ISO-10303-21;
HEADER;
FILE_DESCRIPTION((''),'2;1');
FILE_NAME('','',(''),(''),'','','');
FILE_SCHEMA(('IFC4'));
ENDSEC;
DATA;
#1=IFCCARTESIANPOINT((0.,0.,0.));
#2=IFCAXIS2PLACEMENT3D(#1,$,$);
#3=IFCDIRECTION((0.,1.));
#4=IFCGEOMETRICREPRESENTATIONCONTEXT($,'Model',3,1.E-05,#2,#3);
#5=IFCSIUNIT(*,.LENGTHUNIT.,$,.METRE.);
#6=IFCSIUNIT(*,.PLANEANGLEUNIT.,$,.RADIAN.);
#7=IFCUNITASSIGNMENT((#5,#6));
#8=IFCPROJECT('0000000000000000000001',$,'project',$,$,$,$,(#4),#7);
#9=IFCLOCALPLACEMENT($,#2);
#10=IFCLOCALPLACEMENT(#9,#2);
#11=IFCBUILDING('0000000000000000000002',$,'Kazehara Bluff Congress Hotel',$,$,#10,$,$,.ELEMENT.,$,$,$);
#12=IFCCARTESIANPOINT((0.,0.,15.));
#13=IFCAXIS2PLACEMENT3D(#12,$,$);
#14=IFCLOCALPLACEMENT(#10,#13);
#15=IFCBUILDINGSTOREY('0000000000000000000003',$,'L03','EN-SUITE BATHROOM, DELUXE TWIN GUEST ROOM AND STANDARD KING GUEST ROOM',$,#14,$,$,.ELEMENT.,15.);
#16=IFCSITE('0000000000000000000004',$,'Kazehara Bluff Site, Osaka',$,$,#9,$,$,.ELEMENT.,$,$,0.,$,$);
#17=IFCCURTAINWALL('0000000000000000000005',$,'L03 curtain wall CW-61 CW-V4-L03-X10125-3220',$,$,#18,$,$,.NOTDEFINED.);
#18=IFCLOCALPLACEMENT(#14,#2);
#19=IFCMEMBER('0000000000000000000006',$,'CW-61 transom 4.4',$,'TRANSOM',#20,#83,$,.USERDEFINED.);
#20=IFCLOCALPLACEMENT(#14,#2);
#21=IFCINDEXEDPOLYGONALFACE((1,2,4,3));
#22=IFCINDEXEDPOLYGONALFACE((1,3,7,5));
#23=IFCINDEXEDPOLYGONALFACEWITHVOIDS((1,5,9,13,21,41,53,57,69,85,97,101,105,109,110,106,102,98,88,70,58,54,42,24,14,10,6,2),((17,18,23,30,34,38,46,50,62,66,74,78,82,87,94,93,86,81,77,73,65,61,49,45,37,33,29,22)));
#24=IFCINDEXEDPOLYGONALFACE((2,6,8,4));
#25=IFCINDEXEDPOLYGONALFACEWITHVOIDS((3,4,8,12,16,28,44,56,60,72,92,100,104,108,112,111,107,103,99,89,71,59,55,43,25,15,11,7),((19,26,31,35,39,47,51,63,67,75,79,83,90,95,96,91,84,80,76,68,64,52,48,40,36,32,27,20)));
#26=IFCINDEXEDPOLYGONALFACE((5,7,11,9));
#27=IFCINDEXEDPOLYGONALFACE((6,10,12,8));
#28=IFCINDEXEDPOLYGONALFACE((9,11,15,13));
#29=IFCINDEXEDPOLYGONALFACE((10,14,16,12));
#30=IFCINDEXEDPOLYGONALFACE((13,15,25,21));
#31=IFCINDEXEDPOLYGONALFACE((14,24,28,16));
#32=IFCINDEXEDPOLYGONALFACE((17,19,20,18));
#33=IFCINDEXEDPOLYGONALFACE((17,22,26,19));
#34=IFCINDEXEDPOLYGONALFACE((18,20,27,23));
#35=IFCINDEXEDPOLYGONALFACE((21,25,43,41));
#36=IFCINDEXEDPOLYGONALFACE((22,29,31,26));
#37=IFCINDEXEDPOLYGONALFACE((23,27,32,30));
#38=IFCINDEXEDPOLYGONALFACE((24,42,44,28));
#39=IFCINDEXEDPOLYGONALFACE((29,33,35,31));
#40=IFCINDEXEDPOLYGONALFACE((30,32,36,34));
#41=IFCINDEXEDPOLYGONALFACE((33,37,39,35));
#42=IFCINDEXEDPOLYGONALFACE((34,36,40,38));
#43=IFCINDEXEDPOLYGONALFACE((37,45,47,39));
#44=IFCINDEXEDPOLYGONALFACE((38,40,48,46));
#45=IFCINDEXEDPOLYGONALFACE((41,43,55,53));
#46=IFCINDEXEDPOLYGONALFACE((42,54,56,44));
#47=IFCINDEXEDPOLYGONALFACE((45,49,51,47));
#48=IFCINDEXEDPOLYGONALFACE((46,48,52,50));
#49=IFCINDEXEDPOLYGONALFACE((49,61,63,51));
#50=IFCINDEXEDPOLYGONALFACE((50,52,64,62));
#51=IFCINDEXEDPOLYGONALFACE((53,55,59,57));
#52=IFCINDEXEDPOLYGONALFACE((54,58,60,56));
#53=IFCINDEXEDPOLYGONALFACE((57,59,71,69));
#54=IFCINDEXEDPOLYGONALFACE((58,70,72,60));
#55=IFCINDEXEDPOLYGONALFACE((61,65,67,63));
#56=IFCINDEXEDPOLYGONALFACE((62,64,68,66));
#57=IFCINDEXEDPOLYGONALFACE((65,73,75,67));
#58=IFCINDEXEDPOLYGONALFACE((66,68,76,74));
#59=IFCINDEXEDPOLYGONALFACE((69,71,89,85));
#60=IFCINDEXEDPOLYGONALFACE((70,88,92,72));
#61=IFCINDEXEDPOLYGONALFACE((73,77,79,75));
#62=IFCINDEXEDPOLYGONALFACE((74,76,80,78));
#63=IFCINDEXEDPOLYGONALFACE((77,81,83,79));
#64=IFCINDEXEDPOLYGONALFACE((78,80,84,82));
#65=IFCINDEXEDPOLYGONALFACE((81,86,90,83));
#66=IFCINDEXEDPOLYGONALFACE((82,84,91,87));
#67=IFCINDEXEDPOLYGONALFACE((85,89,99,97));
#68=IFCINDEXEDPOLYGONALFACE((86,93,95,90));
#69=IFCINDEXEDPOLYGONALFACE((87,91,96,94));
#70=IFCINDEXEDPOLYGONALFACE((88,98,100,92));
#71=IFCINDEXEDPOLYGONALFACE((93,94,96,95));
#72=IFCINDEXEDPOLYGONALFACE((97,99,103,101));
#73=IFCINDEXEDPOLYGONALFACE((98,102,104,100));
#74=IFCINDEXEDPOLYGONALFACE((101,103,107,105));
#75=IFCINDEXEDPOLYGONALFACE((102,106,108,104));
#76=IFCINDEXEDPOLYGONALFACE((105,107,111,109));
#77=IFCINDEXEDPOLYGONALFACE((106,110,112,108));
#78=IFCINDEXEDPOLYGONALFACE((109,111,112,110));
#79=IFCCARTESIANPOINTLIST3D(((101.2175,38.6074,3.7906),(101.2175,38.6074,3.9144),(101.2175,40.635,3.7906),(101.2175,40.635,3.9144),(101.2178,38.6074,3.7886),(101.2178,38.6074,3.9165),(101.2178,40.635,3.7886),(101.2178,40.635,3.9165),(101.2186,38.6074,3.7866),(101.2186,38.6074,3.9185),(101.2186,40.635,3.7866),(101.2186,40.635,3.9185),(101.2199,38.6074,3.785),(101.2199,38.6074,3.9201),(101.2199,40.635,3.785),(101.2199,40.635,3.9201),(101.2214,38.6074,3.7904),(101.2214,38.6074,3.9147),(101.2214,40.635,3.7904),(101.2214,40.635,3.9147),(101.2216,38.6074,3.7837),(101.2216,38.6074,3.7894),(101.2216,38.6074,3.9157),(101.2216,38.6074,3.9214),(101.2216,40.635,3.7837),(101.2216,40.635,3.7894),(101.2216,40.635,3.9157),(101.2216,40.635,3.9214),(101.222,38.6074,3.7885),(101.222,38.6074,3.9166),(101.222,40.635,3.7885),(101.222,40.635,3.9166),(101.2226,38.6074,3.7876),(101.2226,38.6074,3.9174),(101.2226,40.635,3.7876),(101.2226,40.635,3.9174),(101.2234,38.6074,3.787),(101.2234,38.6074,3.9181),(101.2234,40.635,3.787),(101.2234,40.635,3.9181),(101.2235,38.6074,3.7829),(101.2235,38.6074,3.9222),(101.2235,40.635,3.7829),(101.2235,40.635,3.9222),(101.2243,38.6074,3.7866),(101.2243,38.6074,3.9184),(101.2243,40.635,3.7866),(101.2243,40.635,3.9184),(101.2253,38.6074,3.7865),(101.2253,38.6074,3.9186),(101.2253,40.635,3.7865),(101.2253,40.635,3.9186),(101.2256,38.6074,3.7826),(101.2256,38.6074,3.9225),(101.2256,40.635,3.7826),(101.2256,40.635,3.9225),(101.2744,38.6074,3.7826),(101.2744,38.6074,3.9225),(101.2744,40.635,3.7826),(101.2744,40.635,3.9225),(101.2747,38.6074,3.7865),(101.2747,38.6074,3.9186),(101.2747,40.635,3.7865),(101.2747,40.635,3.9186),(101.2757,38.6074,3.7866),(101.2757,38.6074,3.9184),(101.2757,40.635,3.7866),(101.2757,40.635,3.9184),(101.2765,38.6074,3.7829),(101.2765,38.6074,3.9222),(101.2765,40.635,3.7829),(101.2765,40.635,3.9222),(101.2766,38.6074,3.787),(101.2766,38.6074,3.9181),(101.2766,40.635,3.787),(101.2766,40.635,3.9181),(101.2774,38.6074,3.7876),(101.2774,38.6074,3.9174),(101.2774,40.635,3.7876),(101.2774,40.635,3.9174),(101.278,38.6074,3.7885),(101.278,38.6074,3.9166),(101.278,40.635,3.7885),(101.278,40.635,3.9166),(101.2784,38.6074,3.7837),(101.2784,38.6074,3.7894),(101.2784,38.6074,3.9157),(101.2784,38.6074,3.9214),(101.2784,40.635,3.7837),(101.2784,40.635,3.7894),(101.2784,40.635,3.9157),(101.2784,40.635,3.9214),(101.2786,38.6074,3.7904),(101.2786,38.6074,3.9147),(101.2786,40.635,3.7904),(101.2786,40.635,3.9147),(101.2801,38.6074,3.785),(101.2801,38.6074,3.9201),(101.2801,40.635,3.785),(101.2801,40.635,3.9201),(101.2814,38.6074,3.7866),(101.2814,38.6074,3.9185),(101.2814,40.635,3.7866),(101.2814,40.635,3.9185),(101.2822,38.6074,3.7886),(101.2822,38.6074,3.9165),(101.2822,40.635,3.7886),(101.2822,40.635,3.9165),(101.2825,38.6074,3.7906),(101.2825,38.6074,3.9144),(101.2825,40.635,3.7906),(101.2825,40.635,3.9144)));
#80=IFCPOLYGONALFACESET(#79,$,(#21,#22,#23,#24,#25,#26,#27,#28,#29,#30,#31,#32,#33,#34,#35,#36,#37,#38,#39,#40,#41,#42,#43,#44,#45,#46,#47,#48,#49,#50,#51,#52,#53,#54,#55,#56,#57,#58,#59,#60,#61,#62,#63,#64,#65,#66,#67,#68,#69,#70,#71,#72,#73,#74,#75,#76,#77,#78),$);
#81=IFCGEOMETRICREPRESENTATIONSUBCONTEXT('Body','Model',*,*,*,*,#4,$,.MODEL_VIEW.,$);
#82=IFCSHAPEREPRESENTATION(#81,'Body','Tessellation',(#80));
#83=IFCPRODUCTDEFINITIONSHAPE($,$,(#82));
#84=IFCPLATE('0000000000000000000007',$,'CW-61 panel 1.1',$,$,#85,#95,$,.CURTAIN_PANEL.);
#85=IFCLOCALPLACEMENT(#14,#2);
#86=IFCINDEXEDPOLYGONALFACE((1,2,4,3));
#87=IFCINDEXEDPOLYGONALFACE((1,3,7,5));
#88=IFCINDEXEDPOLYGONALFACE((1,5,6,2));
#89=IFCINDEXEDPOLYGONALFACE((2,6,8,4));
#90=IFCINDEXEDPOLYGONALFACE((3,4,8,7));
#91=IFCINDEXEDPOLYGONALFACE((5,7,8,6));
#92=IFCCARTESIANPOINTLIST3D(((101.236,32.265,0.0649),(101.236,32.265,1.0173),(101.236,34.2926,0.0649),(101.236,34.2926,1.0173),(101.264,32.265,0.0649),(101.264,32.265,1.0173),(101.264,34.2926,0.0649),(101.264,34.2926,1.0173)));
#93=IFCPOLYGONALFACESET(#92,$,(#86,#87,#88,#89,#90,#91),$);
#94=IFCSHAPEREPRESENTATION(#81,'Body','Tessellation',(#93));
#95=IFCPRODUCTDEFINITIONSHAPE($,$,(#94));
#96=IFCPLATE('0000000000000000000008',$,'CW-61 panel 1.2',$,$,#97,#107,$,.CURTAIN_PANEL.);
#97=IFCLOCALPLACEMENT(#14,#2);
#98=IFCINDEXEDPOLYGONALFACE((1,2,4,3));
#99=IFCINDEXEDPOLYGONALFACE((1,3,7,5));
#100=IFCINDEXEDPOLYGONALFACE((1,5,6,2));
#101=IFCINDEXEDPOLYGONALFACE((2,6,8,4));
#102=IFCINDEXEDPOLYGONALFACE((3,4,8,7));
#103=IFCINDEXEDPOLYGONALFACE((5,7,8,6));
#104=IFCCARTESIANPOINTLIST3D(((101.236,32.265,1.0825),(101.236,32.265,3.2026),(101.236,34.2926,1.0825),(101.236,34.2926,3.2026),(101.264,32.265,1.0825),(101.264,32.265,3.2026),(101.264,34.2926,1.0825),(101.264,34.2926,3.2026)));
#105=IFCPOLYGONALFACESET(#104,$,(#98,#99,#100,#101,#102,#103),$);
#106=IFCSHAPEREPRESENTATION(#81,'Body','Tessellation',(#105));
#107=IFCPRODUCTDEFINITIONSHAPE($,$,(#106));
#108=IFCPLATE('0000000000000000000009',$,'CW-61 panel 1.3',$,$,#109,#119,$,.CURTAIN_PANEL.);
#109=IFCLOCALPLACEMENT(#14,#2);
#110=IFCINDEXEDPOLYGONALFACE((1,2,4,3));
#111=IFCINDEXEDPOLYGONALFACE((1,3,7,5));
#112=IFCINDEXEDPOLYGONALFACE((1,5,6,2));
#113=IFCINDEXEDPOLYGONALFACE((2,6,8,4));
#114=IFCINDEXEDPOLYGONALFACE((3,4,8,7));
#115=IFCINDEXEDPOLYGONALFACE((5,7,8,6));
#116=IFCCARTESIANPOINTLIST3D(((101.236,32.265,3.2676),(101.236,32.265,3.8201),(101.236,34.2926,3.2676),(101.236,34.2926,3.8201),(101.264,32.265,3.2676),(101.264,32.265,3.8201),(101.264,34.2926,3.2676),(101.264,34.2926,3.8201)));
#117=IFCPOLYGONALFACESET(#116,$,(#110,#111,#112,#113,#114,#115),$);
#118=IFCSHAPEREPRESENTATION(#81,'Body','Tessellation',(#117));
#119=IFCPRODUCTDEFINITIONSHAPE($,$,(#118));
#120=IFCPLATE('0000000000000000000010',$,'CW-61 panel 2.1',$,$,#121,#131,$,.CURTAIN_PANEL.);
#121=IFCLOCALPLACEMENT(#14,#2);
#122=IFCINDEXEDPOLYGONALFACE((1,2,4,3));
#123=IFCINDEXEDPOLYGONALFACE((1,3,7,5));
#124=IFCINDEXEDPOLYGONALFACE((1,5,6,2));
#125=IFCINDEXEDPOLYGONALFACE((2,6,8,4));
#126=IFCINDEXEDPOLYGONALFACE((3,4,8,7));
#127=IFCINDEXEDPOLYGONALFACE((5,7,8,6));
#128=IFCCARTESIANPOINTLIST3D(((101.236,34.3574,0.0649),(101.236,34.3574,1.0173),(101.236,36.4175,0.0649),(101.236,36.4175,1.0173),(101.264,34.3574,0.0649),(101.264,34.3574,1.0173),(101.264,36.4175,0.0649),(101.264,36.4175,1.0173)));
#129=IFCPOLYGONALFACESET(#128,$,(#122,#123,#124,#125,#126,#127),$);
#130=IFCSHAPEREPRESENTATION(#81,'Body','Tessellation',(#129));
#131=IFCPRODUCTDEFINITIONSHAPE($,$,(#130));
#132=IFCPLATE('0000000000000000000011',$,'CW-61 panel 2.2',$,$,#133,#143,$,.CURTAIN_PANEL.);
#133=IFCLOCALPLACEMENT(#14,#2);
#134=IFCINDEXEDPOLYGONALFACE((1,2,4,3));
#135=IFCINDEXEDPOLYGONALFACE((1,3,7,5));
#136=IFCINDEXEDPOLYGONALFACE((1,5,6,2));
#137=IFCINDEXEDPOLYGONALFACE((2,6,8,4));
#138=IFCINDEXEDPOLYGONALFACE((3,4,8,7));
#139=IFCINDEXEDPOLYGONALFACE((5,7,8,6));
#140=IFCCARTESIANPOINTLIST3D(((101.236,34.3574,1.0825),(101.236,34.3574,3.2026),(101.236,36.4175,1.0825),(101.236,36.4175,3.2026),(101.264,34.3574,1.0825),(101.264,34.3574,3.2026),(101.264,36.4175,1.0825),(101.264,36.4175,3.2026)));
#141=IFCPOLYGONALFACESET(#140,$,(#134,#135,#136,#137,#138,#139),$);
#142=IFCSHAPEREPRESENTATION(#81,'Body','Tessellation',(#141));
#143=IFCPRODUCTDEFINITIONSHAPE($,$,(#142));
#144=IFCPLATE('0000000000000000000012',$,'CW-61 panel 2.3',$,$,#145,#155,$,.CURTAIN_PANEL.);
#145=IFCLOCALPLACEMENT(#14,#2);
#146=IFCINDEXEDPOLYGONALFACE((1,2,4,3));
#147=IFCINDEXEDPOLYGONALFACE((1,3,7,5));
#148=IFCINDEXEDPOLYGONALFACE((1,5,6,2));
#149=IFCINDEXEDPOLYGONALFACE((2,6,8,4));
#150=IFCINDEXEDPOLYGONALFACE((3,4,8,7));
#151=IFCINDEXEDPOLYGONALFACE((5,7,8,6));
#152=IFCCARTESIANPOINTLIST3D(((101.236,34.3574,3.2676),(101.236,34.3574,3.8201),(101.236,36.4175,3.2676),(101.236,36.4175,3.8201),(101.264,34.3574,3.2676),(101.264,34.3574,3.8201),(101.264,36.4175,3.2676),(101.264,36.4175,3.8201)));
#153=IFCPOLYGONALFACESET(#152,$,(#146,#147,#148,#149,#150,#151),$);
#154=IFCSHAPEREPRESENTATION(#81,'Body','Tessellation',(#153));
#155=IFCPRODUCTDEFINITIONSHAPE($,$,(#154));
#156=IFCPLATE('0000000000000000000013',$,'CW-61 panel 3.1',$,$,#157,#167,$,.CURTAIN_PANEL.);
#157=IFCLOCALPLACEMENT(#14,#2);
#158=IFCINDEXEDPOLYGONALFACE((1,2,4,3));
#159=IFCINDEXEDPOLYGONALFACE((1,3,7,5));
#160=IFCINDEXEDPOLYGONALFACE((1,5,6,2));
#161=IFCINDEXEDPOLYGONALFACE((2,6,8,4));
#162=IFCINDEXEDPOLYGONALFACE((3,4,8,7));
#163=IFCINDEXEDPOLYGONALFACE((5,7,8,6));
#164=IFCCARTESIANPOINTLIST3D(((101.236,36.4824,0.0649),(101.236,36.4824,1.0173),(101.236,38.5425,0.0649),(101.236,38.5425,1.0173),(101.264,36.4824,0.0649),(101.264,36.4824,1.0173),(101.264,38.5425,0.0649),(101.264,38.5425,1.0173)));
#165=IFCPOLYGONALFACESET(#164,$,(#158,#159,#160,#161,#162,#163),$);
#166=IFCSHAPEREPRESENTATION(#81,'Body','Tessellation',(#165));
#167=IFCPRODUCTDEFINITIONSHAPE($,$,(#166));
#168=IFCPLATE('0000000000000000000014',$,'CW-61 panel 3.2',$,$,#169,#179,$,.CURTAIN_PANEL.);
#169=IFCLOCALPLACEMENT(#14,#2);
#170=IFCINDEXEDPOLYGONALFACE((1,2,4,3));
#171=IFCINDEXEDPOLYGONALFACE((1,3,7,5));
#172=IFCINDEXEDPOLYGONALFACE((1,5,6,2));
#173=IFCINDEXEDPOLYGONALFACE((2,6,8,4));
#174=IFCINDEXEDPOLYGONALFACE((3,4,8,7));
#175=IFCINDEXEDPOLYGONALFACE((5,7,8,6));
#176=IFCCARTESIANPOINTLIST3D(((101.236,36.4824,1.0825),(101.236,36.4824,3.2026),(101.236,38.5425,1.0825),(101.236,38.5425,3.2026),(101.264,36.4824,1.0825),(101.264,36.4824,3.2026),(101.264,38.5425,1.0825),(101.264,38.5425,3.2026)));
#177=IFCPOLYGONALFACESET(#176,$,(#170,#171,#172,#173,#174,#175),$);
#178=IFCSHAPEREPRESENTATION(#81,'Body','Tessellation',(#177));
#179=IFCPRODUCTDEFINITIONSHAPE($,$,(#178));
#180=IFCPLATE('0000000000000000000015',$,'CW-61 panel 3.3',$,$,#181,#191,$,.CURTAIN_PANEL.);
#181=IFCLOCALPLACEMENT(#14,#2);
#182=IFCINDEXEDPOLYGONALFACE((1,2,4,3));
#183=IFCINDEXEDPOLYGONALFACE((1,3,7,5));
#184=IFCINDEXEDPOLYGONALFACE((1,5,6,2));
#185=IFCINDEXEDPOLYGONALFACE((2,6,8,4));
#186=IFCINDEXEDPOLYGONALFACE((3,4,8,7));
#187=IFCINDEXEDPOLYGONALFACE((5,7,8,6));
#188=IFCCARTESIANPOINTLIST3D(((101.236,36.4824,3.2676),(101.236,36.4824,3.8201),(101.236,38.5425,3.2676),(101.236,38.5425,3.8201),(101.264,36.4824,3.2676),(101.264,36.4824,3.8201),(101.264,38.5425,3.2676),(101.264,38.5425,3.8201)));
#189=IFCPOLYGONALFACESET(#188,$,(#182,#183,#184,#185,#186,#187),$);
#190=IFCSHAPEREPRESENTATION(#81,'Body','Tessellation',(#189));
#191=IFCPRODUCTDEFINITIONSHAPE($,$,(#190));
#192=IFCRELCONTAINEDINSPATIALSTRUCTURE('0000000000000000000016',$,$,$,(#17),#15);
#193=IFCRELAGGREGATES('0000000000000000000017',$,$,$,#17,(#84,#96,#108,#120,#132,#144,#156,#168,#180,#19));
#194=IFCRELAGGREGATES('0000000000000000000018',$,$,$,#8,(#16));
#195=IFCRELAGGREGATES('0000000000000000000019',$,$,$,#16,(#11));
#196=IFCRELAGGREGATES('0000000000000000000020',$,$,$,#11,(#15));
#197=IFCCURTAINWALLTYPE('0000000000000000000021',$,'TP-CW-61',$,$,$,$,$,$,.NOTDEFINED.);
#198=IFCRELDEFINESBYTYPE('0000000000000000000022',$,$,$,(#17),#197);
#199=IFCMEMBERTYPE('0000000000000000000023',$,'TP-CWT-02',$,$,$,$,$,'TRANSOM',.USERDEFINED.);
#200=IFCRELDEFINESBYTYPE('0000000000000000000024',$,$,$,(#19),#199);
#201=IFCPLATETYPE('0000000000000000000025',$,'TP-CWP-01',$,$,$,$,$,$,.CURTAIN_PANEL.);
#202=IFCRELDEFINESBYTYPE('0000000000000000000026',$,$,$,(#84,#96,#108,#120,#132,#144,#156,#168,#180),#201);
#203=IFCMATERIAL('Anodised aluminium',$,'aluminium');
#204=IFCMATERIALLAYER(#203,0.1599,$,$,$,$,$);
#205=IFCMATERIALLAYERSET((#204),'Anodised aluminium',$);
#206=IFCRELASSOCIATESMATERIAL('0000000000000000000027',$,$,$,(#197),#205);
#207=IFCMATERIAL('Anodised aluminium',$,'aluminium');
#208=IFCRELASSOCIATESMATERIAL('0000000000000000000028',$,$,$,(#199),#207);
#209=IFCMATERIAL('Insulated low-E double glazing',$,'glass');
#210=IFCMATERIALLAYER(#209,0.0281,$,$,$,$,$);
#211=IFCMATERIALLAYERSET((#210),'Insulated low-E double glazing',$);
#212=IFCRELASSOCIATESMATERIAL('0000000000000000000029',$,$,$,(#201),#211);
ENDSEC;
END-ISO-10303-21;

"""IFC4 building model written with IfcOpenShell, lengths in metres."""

from ifc_helpers import new_model, si_unit, direction, frame, origin, origin_2d, place, context, subcontext, project, spatial, rectangle, hollow_rectangle, extrude, material, layer, layer_set, material_profile, profile_set, type_object, element, aggregate, save


model = new_model("IFC4")

# Units and contexts
model_context = context("Model", 3, precision=1e-05, world=origin(), true_north=direction((0.0, 1.0)))
body_context = subcontext(model_context, "Body", "Model", "MODEL_VIEW")
ifc_project = project(units=[si_unit("LENGTHUNIT", "METRE"), si_unit("PLANEANGLEUNIT", "RADIAN")], contexts=[model_context])

# Site, building, storey
site_placement = place(None, origin())
site = spatial("IfcSite", under=ifc_project, at=site_placement, Name="Kazehara Bluff Site, Osaka", CompositionType="ELEMENT", RefElevation=0.0)
building_placement = place(site_placement, origin())
building = spatial("IfcBuilding", under=site, at=building_placement, Name="Kazehara Bluff Congress Hotel", CompositionType="ELEMENT")
storey_placement = place(building_placement, frame((0.0, 0.0, 15.0)))
storey = spatial("IfcBuildingStorey", under=building, at=storey_placement, Name="L03", Description="EN-SUITE BATHROOM, DELUXE TWIN GUEST ROOM AND STANDARD KING GUEST ROOM", CompositionType="ELEMENT", Elevation=15.0)

# Curtain wall, member, plates
ifc_material_1 = material(Name="Anodised aluminium", Category="aluminium")
ifc_layer_1 = layer(ifc_material_1, 0.1599)
ifc_layer_set_1 = layer_set([ifc_layer_1], Name="Anodised aluminium")
curtain_wall_type = type_object("IfcCurtainWallType", Name="TP-CW-61", PredefinedType="NOTDEFINED", material=ifc_layer_set_1)
curtain_wall_placement = place(storey_placement, origin())
curtain_wall = element("IfcCurtainWall", 1, at=curtain_wall_placement, inside=storey, type_object=curtain_wall_type, Name="L03 curtain wall CW-61 CW-V4-L03-X10125-3220", PredefinedType="NOTDEFINED")
ifc_material_2 = material(Name="Anodised aluminium", Category="aluminium")
ifc_material_profile_1 = material_profile(ifc_material_2, hollow_rectangle(XDim=0.0649, YDim=0.1399, WallThickness=0.0039, InnerFilletRadius=0.0039, OuterFilletRadius=0.0081, at=origin_2d()))
ifc_profile_set_1 = profile_set([ifc_material_profile_1], Name="Anodised aluminium")
member_type_1 = type_object("IfcMemberType", Name="TP-CWT-02", ElementType="TRANSOM", PredefinedType="USERDEFINED", material=ifc_profile_set_1)
member_1_placement = place(storey_placement, frame((101.25, 38.6074, 3.8525), z_axis=(0.0, 1.0, 0.0), x_axis=(-1.0, 0.0, 0.0)))
member_1 = element("IfcMember", 2, at=member_1_placement, type_object=member_type_1, Name="CW-61 transom 4.4", ObjectType="TRANSOM", PredefinedType="USERDEFINED", context=body_context, shape_type="SweptSolid", body=[
    extrude(hollow_rectangle(XDim=0.0649, YDim=0.1399, WallThickness=0.0039, InnerFilletRadius=0.0039, OuterFilletRadius=0.0081, at=origin_2d()), origin(), (0.0, 0.0, 1.0), 2.0276),
])
ifc_material_3 = material(Name="Insulated low-E double glazing", Category="glass")
ifc_layer_2 = layer(ifc_material_3, 0.0281)
ifc_layer_set_2 = layer_set([ifc_layer_2], Name="Insulated low-E double glazing")
plate_type = type_object("IfcPlateType", Name="TP-CWP-01", PredefinedType="CURTAIN_PANEL", material=ifc_layer_set_2)
plate_1_placement = place(storey_placement, frame((101.25, 33.2788, 0.0649), z_axis=(0.0, 0.0, 1.0), x_axis=(0.0, 1.0, 0.0)))
plate_1 = element("IfcPlate", 3, at=plate_1_placement, type_object=plate_type, Name="CW-61 panel 1.1", PredefinedType="CURTAIN_PANEL", context=body_context, shape_type="SweptSolid", body=[
    extrude(rectangle(XDim=2.0276, YDim=0.0281, at=origin_2d()), origin(), (0.0, 0.0, 1.0), 0.9524),
])
plate_2_placement = place(storey_placement, frame((101.25, 33.2788, 1.0825), z_axis=(0.0, 0.0, 1.0), x_axis=(0.0, 1.0, 0.0)))
plate_2 = element("IfcPlate", 4, at=plate_2_placement, type_object=plate_type, Name="CW-61 panel 1.2", PredefinedType="CURTAIN_PANEL", context=body_context, shape_type="SweptSolid", body=[
    extrude(rectangle(XDim=2.0276, YDim=0.0281, at=origin_2d()), origin(), (0.0, 0.0, 1.0), 2.1201),
])
plate_3_placement = place(storey_placement, frame((101.25, 33.2788, 3.2676), z_axis=(0.0, 0.0, 1.0), x_axis=(0.0, 1.0, 0.0)))
plate_3 = element("IfcPlate", 5, at=plate_3_placement, type_object=plate_type, Name="CW-61 panel 1.3", PredefinedType="CURTAIN_PANEL", context=body_context, shape_type="SweptSolid", body=[
    extrude(rectangle(XDim=2.0276, YDim=0.0281, at=origin_2d()), origin(), (0.0, 0.0, 1.0), 0.5525),
])
plate_4_placement = place(storey_placement, frame((101.25, 35.3875, 0.0649), z_axis=(0.0, 0.0, 1.0), x_axis=(0.0, 1.0, 0.0)))
plate_4 = element("IfcPlate", 6, at=plate_4_placement, type_object=plate_type, Name="CW-61 panel 2.1", PredefinedType="CURTAIN_PANEL", context=body_context, shape_type="SweptSolid", body=[
    extrude(rectangle(XDim=2.0601, YDim=0.0281, at=origin_2d()), origin(), (0.0, 0.0, 1.0), 0.9524),
])
plate_5_placement = place(storey_placement, frame((101.25, 35.3875, 1.0825), z_axis=(0.0, 0.0, 1.0), x_axis=(0.0, 1.0, 0.0)))
plate_5 = element("IfcPlate", 7, at=plate_5_placement, type_object=plate_type, Name="CW-61 panel 2.2", PredefinedType="CURTAIN_PANEL", context=body_context, shape_type="SweptSolid", body=[
    extrude(rectangle(XDim=2.0601, YDim=0.0281, at=origin_2d()), origin(), (0.0, 0.0, 1.0), 2.1201),
])
plate_6_placement = place(storey_placement, frame((101.25, 35.3875, 3.2676), z_axis=(0.0, 0.0, 1.0), x_axis=(0.0, 1.0, 0.0)))
plate_6 = element("IfcPlate", 8, at=plate_6_placement, type_object=plate_type, Name="CW-61 panel 2.3", PredefinedType="CURTAIN_PANEL", context=body_context, shape_type="SweptSolid", body=[
    extrude(rectangle(XDim=2.0601, YDim=0.0281, at=origin_2d()), origin(), (0.0, 0.0, 1.0), 0.5525),
])
plate_7_placement = place(storey_placement, frame((101.25, 37.5125, 0.0649), z_axis=(0.0, 0.0, 1.0), x_axis=(0.0, 1.0, 0.0)))
plate_7 = element("IfcPlate", 9, at=plate_7_placement, type_object=plate_type, Name="CW-61 panel 3.1", PredefinedType="CURTAIN_PANEL", context=body_context, shape_type="SweptSolid", body=[
    extrude(rectangle(XDim=2.0601, YDim=0.0281, at=origin_2d()), origin(), (0.0, 0.0, 1.0), 0.9524),
])
plate_8_placement = place(storey_placement, frame((101.25, 37.5125, 1.0825), z_axis=(0.0, 0.0, 1.0), x_axis=(0.0, 1.0, 0.0)))
plate_8 = element("IfcPlate", 10, at=plate_8_placement, type_object=plate_type, Name="CW-61 panel 3.2", PredefinedType="CURTAIN_PANEL", context=body_context, shape_type="SweptSolid", body=[
    extrude(rectangle(XDim=2.0601, YDim=0.0281, at=origin_2d()), origin(), (0.0, 0.0, 1.0), 2.1201),
])
plate_9_placement = place(storey_placement, frame((101.25, 37.5125, 3.2676), z_axis=(0.0, 0.0, 1.0), x_axis=(0.0, 1.0, 0.0)))
plate_9 = element("IfcPlate", 11, at=plate_9_placement, type_object=plate_type, Name="CW-61 panel 3.3", PredefinedType="CURTAIN_PANEL", context=body_context, shape_type="SweptSolid", body=[
    extrude(rectangle(XDim=2.0601, YDim=0.0281, at=origin_2d()), origin(), (0.0, 0.0, 1.0), 0.5525),
])
aggregate(curtain_wall, [plate_1, plate_2, plate_3, plate_4, plate_5, plate_6, plate_7, plate_8, plate_9, member_1])

save(model, "model.ifc")
